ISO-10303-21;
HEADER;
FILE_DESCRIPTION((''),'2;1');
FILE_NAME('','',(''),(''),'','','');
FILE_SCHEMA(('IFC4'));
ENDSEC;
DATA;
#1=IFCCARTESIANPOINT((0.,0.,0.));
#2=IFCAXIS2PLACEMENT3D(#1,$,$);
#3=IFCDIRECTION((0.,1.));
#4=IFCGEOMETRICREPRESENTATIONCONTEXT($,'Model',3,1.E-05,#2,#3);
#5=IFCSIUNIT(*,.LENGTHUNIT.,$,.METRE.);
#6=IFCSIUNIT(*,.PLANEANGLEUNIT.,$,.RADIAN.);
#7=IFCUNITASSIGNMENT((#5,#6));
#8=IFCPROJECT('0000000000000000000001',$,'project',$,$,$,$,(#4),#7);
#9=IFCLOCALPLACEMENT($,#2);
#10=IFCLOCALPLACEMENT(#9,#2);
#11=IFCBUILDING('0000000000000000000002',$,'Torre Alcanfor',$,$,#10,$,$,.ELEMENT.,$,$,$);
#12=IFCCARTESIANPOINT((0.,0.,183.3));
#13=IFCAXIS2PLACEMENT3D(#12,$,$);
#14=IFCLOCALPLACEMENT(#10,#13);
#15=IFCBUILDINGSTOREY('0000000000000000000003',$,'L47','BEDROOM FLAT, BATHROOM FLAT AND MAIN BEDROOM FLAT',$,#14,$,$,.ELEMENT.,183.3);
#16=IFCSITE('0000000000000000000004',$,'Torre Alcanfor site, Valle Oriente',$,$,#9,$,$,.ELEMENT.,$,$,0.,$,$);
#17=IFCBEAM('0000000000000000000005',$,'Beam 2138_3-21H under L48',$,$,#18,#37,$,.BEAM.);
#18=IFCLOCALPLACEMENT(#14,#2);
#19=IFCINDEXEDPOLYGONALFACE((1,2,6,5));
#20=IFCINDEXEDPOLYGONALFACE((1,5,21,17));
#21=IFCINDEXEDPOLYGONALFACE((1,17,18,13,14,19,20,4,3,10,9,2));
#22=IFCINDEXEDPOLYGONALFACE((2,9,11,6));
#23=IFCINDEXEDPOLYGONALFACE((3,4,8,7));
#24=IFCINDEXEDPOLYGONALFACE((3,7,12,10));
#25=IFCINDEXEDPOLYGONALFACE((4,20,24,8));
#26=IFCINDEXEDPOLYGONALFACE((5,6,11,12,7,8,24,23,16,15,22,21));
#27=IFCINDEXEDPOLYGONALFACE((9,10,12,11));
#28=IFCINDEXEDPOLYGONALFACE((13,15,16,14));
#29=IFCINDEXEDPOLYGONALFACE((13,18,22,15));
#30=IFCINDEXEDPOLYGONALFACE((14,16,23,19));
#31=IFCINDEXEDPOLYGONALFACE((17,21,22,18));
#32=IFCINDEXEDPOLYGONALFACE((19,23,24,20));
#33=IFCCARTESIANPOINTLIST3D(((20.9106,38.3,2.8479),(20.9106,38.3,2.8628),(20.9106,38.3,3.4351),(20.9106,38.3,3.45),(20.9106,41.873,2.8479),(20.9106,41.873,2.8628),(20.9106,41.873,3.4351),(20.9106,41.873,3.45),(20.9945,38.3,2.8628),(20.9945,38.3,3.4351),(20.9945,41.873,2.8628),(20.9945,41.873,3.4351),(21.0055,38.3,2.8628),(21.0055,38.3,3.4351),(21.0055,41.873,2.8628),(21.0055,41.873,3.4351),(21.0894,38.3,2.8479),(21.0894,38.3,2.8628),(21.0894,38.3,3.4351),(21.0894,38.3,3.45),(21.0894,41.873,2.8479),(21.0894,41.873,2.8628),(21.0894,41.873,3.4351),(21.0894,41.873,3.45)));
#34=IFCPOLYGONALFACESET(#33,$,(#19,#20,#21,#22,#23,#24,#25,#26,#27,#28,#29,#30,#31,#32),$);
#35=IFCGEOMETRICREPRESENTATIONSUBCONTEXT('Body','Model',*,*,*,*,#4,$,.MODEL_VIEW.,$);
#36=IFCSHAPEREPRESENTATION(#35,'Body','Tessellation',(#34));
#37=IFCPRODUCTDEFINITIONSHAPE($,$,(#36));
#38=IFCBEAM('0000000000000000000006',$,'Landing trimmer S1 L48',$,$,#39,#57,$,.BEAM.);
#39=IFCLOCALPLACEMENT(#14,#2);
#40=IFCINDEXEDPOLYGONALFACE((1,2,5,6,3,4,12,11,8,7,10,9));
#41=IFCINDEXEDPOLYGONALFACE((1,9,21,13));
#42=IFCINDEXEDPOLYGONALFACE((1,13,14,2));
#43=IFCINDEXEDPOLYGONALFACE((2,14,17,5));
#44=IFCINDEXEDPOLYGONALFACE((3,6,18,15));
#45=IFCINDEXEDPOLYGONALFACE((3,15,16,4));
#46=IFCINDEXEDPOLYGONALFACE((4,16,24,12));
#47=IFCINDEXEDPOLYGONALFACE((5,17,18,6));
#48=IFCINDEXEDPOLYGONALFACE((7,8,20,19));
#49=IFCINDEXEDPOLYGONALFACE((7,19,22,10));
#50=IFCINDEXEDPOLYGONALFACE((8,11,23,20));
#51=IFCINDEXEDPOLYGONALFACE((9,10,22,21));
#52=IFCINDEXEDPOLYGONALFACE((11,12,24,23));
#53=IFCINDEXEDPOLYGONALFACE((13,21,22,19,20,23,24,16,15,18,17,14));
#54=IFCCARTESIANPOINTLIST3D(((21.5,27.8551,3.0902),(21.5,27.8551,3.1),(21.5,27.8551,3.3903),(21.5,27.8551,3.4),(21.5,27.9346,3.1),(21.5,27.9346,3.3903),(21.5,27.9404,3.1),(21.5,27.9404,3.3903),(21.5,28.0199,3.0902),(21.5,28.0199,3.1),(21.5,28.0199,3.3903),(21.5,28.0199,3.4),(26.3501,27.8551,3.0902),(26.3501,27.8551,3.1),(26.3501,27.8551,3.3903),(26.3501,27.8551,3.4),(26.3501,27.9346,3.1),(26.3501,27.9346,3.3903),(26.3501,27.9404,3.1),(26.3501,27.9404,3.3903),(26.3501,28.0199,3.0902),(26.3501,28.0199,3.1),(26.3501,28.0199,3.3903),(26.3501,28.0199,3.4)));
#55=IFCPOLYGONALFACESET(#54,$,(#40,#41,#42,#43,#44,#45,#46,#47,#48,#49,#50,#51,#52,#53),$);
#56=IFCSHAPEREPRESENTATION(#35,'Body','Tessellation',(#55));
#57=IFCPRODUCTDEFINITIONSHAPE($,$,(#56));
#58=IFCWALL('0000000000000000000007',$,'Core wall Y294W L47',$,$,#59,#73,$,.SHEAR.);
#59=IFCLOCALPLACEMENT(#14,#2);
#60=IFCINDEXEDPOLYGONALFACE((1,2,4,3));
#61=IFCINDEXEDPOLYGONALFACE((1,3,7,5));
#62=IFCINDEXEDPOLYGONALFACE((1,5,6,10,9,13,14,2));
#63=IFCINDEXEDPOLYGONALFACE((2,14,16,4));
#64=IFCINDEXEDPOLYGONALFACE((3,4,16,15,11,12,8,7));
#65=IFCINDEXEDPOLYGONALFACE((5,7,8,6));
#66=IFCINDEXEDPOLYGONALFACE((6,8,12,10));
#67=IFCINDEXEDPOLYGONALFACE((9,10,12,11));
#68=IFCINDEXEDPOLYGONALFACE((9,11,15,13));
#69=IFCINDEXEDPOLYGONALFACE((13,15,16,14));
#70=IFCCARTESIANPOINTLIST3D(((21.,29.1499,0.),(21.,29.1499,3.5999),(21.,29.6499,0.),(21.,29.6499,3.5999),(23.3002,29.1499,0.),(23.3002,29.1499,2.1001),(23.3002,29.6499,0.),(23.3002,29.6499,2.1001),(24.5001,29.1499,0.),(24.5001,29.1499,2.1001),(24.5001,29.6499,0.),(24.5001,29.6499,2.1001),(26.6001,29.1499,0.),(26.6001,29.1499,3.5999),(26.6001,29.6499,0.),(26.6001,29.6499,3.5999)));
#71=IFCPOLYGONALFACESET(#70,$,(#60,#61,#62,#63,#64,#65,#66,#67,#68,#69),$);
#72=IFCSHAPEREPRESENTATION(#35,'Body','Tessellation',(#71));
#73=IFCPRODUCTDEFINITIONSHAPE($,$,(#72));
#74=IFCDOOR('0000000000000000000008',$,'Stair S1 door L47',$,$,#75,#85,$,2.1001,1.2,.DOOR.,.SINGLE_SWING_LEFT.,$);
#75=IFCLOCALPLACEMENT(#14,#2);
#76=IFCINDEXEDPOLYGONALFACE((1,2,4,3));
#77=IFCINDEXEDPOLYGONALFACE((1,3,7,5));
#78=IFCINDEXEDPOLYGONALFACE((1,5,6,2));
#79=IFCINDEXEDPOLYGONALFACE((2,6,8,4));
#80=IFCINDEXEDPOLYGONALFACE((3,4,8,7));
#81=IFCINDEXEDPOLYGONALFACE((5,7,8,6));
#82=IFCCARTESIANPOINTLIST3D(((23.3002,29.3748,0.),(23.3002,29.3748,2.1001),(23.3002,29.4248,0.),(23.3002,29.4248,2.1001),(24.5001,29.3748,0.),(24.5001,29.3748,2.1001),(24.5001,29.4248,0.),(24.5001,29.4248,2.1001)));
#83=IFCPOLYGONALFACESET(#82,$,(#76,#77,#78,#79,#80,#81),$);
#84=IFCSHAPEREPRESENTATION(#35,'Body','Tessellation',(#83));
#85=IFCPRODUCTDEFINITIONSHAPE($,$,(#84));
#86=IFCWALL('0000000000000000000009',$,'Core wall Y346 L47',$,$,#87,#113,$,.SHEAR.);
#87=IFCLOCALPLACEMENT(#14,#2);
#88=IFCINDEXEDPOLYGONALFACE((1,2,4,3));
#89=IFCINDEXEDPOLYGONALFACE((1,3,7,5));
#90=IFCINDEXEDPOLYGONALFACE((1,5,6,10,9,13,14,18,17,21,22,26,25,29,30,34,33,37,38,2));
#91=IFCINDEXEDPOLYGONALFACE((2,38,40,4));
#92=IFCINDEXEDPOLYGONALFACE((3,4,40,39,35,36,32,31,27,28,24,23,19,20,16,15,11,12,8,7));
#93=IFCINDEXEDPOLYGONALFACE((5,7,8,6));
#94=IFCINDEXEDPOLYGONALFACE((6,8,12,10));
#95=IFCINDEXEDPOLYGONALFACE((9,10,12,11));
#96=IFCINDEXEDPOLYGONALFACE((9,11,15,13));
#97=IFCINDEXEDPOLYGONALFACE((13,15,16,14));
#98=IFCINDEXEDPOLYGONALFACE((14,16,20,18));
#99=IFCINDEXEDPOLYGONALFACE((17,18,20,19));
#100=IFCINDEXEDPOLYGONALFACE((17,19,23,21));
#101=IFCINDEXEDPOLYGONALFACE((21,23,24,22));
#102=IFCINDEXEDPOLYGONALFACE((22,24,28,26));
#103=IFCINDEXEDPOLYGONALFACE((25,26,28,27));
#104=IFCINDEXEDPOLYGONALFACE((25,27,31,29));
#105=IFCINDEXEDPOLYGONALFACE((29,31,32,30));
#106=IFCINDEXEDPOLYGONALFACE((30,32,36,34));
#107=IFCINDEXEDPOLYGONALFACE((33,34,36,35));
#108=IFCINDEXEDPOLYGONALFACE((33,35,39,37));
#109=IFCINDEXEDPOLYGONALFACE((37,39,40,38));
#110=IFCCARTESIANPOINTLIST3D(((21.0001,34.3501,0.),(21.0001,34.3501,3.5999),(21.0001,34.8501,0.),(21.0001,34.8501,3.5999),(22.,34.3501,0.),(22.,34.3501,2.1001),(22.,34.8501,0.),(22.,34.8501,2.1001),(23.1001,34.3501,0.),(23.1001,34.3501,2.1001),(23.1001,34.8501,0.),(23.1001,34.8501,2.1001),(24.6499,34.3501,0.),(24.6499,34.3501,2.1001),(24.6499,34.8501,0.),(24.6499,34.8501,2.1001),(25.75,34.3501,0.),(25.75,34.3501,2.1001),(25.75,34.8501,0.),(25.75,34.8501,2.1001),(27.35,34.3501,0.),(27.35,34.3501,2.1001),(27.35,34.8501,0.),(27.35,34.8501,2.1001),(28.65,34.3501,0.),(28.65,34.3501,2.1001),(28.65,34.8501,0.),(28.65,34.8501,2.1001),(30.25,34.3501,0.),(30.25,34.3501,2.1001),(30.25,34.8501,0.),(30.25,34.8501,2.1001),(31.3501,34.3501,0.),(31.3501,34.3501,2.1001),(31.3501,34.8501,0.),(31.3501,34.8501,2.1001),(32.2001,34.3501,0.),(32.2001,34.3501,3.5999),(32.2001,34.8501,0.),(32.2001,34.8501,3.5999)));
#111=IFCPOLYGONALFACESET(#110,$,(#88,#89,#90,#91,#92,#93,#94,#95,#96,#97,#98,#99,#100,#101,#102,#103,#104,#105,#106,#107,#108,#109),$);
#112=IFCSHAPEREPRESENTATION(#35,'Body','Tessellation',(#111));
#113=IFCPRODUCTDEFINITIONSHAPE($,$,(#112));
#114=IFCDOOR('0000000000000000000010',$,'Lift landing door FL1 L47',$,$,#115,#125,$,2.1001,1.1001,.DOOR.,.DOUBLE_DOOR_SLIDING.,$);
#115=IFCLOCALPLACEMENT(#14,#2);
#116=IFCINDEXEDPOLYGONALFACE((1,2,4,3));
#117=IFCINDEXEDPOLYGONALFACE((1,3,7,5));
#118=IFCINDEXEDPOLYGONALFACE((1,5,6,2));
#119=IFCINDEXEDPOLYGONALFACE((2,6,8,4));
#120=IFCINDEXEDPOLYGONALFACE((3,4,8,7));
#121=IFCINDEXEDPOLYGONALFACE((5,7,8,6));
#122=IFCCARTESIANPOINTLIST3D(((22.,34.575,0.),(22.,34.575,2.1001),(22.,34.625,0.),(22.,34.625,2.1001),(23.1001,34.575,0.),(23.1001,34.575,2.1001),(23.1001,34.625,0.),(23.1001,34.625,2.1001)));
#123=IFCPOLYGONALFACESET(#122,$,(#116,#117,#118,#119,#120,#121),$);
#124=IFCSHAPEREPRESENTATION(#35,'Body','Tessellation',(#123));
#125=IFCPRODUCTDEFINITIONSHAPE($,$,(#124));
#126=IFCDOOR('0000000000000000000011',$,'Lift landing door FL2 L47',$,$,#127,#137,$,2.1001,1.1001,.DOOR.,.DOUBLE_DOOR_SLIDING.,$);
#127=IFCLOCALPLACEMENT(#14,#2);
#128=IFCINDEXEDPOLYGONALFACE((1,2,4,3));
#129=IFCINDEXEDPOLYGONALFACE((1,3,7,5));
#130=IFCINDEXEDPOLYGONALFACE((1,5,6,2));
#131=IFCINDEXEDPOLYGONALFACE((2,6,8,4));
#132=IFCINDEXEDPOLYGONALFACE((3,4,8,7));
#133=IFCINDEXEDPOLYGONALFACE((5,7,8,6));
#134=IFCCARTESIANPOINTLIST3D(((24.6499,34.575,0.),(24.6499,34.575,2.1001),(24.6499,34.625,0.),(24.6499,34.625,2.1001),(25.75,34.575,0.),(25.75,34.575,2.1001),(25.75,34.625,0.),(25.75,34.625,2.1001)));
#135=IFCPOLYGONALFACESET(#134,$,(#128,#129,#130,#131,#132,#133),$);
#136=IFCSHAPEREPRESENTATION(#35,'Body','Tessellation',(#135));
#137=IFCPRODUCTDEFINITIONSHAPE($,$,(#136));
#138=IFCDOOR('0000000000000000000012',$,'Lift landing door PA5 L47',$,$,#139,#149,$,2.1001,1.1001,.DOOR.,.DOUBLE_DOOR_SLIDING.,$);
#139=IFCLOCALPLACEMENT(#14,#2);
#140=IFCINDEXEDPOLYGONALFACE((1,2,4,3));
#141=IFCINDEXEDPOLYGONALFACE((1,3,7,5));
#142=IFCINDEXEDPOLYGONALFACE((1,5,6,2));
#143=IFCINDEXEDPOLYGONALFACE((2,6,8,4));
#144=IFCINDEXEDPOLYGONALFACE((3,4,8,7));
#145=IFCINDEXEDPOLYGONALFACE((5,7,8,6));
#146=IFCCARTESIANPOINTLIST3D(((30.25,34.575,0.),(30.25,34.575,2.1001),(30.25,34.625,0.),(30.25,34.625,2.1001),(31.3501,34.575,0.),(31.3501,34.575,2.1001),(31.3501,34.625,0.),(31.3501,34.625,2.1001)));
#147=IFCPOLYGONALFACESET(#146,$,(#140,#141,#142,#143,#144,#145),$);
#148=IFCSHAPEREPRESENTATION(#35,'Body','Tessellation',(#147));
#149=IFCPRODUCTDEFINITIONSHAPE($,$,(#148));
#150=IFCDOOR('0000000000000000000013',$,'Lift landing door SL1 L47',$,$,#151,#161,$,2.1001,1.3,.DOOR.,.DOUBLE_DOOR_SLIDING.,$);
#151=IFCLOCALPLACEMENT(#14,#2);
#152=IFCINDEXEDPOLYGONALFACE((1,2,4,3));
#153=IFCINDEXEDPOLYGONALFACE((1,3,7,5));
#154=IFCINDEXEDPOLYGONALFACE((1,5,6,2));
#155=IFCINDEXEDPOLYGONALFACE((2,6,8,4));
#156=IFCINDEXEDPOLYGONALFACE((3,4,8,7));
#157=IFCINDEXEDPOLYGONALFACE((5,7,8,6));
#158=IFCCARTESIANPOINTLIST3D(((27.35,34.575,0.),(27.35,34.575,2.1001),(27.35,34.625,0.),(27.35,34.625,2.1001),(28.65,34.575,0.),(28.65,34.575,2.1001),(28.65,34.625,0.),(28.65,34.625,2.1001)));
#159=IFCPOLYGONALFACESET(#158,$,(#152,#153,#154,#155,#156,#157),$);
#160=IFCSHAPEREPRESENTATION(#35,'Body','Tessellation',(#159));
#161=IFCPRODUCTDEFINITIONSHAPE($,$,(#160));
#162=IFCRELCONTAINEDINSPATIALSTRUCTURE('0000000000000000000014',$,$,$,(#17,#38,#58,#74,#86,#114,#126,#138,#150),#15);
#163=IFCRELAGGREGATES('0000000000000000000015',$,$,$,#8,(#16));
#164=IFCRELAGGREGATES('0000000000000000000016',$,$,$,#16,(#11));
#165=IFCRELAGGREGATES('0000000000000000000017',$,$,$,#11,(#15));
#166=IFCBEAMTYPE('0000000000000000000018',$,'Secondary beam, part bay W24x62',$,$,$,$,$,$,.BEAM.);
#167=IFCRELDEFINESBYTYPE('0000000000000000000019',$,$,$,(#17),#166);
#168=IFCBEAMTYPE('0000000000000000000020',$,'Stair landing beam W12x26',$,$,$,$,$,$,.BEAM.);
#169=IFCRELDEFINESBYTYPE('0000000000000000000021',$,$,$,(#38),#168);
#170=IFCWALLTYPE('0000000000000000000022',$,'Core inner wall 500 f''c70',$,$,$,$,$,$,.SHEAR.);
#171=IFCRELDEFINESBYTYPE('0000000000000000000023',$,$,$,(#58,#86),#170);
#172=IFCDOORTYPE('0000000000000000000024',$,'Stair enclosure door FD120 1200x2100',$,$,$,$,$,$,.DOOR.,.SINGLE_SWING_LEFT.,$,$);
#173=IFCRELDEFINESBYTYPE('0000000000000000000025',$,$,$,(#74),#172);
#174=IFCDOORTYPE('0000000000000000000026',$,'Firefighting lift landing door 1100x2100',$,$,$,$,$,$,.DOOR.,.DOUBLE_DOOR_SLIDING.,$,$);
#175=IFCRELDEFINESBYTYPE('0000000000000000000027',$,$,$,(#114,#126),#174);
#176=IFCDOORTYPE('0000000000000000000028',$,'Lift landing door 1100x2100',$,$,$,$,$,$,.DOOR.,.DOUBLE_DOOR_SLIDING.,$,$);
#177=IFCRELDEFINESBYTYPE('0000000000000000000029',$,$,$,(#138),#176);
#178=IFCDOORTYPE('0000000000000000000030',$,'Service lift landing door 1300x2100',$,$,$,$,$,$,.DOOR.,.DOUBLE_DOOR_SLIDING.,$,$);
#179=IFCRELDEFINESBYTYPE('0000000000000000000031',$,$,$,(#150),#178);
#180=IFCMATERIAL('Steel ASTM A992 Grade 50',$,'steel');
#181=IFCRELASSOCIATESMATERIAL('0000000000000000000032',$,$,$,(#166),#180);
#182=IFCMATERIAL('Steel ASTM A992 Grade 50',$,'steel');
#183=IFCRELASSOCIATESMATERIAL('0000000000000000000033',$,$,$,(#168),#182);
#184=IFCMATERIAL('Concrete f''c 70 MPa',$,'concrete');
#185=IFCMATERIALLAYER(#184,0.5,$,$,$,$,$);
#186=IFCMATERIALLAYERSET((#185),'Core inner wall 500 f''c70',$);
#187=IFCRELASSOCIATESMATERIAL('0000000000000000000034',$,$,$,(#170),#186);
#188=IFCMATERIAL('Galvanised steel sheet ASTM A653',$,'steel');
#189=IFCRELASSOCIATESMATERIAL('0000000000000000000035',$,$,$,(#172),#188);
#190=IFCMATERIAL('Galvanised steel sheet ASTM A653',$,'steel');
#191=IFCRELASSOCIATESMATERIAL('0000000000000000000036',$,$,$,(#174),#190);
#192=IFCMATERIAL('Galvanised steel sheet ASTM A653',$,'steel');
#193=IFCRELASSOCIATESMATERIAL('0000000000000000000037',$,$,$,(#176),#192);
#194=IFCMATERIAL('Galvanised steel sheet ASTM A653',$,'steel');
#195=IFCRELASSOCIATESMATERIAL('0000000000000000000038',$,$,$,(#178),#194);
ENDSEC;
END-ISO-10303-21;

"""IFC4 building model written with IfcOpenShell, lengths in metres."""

from ifc_helpers import new_model, si_unit, direction, frame, frame_2d, origin, origin_2d, place, context, subcontext, project, spatial, rectangle, i_section, extrude, material, layer, layer_set, material_profile, profile_set, type_object, element, fill, save


model = new_model("IFC4")

# Units and contexts
model_context = context("Model", 3, precision=1e-05, world=origin(), true_north=direction((0.0, 1.0)))
body_context = subcontext(model_context, "Body", "Model", "MODEL_VIEW")
ifc_project = project(units=[si_unit("LENGTHUNIT", "METRE"), si_unit("PLANEANGLEUNIT", "RADIAN")], contexts=[model_context])

# Site, building, storey
site_placement = place(None, origin())
site = spatial("IfcSite", under=ifc_project, at=site_placement, Name="Torre Alcanfor site, Valle Oriente", CompositionType="ELEMENT", RefElevation=0.0)
building_placement = place(site_placement, origin())
building = spatial("IfcBuilding", under=site, at=building_placement, Name="Torre Alcanfor", CompositionType="ELEMENT")
storey_placement = place(building_placement, frame((0.0, 0.0, 183.3)))
storey = spatial("IfcBuildingStorey", under=building, at=storey_placement, Name="L47", Description="BEDROOM FLAT, BATHROOM FLAT AND MAIN BEDROOM FLAT", CompositionType="ELEMENT", Elevation=183.3)

# Beams
ifc_material_1 = material(Name="Steel ASTM A992 Grade 50", Category="steel")
ifc_material_profile_1 = material_profile(ifc_material_1, i_section(OverallWidth=0.1787, OverallDepth=0.6021, WebThickness=0.011, FlangeThickness=0.0149, at=origin_2d()), Name="W24x62")
ifc_profile_set_1 = profile_set([ifc_material_profile_1], Name="Steel ASTM A992 Grade 50")
beam_type_1 = type_object("IfcBeamType", Name="Secondary beam, part bay W24x62", PredefinedType="BEAM", material=ifc_profile_set_1)
beam_1_placement = place(storey_placement, frame((21.0, 38.3, 3.1489), z_axis=(0.0, 1.0, 0.0), x_axis=(-1.0, 0.0, 0.0)))
element("IfcBeam", 1, at=beam_1_placement, inside=storey, type_object=beam_type_1, Name="Beam 2138_3-21H under L48", PredefinedType="BEAM", context=body_context, shape_type="SweptSolid", body=[
    extrude(i_section(OverallWidth=0.1787, OverallDepth=0.6021, WebThickness=0.011, FlangeThickness=0.0149, at=origin_2d()), origin(), (0.0, 0.0, 1.0), 3.573),
])
ifc_material_2 = material(Name="Steel ASTM A992 Grade 50", Category="steel")
ifc_material_profile_2 = material_profile(ifc_material_2, i_section(OverallWidth=0.1648, OverallDepth=0.3098, WebThickness=0.0059, FlangeThickness=0.0098, at=origin_2d()), Name="W12x26")
ifc_profile_set_2 = profile_set([ifc_material_profile_2], Name="Steel ASTM A992 Grade 50")
beam_type_2 = type_object("IfcBeamType", Name="Stair landing beam W12x26", PredefinedType="BEAM", material=ifc_profile_set_2)
beam_2_placement = place(storey_placement, frame((21.5, 27.9375, 3.2451), z_axis=(1.0, 0.0, 0.0), x_axis=(0.0, 1.0, 0.0)))
element("IfcBeam", 2, at=beam_2_placement, inside=storey, type_object=beam_type_2, Name="Landing trimmer S1 L48", PredefinedType="BEAM", context=body_context, shape_type="SweptSolid", body=[
    extrude(i_section(OverallWidth=0.1648, OverallDepth=0.3098, WebThickness=0.0059, FlangeThickness=0.0098, at=origin_2d()), origin(), (0.0, 0.0, 1.0), 4.8501),
])

# Wall, opening, door
ifc_material_3 = material(Name="Concrete f'c 70 MPa", Category="concrete")
ifc_layer_1 = layer(ifc_material_3, 0.5)
ifc_layer_set_1 = layer_set([ifc_layer_1], Name="Core inner wall 500 f'c70")
wall_type_1 = type_object("IfcWallType", Name="Core inner wall 500 f'c70", PredefinedType="SHEAR", material=ifc_layer_set_1)
wall_1_placement = place(storey_placement, frame((21.0, 29.3999, 0.0), z_axis=(0.0, 0.0, 1.0), x_axis=(1.0, 0.0, 0.0)))
wall_1 = element("IfcWall", 3, at=wall_1_placement, inside=storey, type_object=wall_type_1, Name="Core wall Y294W L47", PredefinedType="SHEAR", context=body_context, shape_type="SweptSolid", body=[
    extrude(rectangle(XDim=5.6001, YDim=0.5, at=frame_2d((2.8, 0.0))), origin(), (0.0, 0.0, 1.0), 3.5999),
])
opening_1_placement = place(wall_1_placement, frame((2.3, 0.0, 0.0)))
opening_1 = element("IfcOpeningElement", 4, at=opening_1_placement, cuts=wall_1, PredefinedType="OPENING", context=body_context, shape_type="SweptSolid", body=[
    extrude(rectangle(XDim=1.2, YDim=2.1001, at=frame_2d((0.6001, 1.05))), frame((0.0, 0.26, 0.0), z_axis=(0.0, -1.0, 0.0), x_axis=(1.0, 0.0, 0.0)), (0.0, 0.0, 1.0), 0.52),
])
ifc_material_4 = material(Name="Galvanised steel sheet ASTM A653", Category="steel")
door_type_1 = type_object("IfcDoorType", Name="Stair enclosure door FD120 1200x2100", OperationType="SINGLE_SWING_LEFT", PredefinedType="DOOR", material=ifc_material_4)
door_1_placement = place(opening_1_placement, frame((1.2, 0.0, 0.0), z_axis=(0.0, 0.0, 1.0), x_axis=(-1.0, 0.0, 0.0)))
door_1 = element("IfcDoor", 5, at=door_1_placement, inside=storey, type_object=door_type_1, Name="Stair S1 door L47", OperationType="SINGLE_SWING_LEFT", OverallHeight=2.1001, OverallWidth=1.2, PredefinedType="DOOR", context=body_context, shape_type="SweptSolid", body=[
    extrude(rectangle(XDim=1.2, YDim=2.1001, at=frame_2d((0.5999, 1.05))), frame((0.0, 0.0251, 0.0), z_axis=(0.0, -1.0, 0.0), x_axis=(1.0, 0.0, 0.0)), (0.0, 0.0, 1.0), 0.05),
])
fill(opening_1, door_1)

# Wall, openings, doors
wall_2_placement = place(storey_placement, frame((21.0, 34.6001, 0.0), z_axis=(0.0, 0.0, 1.0), x_axis=(1.0, 0.0, 0.0)))
wall_2 = element("IfcWall", 6, at=wall_2_placement, inside=storey, type_object=wall_type_1, Name="Core wall Y346 L47", PredefinedType="SHEAR", context=body_context, shape_type="SweptSolid", body=[
    extrude(rectangle(XDim=11.2, YDim=0.5, at=frame_2d((5.6001, 0.0))), origin(), (0.0, 0.0, 1.0), 3.5999),
])
opening_2_placement = place(wall_2_placement, frame((9.25, 0.0, 0.0)))
opening_2 = element("IfcOpeningElement", 7, at=opening_2_placement, cuts=wall_2, PredefinedType="OPENING", context=body_context, shape_type="SweptSolid", body=[
    extrude(rectangle(XDim=1.1001, YDim=2.1001, at=frame_2d((0.55, 1.05))), frame((0.0, 0.26, 0.0), z_axis=(0.0, -1.0, 0.0), x_axis=(1.0, 0.0, 0.0)), (0.0, 0.0, 1.0), 0.52),
])
opening_3_placement = place(wall_2_placement, frame((1.0, 0.0, 0.0)))
opening_3 = element("IfcOpeningElement", 8, at=opening_3_placement, cuts=wall_2, PredefinedType="OPENING", context=body_context, shape_type="SweptSolid", body=[
    extrude(rectangle(XDim=1.1001, YDim=2.1001, at=frame_2d((0.55, 1.05))), frame((0.0, 0.26, 0.0), z_axis=(0.0, -1.0, 0.0), x_axis=(1.0, 0.0, 0.0)), (0.0, 0.0, 1.0), 0.52),
])
opening_4_placement = place(wall_2_placement, frame((3.6499, 0.0, 0.0)))
opening_4 = element("IfcOpeningElement", 9, at=opening_4_placement, cuts=wall_2, PredefinedType="OPENING", context=body_context, shape_type="SweptSolid", body=[
    extrude(rectangle(XDim=1.1001, YDim=2.1001, at=frame_2d((0.55, 1.05))), frame((0.0, 0.26, 0.0), z_axis=(0.0, -1.0, 0.0), x_axis=(1.0, 0.0, 0.0)), (0.0, 0.0, 1.0), 0.52),
])
opening_5_placement = place(wall_2_placement, frame((6.3501, 0.0, 0.0)))
opening_5 = element("IfcOpeningElement", 10, at=opening_5_placement, cuts=wall_2, PredefinedType="OPENING", context=body_context, shape_type="SweptSolid", body=[
    extrude(rectangle(XDim=1.3, YDim=2.1001, at=frame_2d((0.6499, 1.05))), frame((0.0, 0.26, 0.0), z_axis=(0.0, -1.0, 0.0), x_axis=(1.0, 0.0, 0.0)), (0.0, 0.0, 1.0), 0.52),
])
ifc_material_5 = material(Name="Galvanised steel sheet ASTM A653", Category="steel")
door_type_2 = type_object("IfcDoorType", Name="Firefighting lift landing door 1100x2100", OperationType="DOUBLE_DOOR_SLIDING", PredefinedType="DOOR", material=ifc_material_5)
door_2_placement = place(opening_3_placement, origin())
door_2 = element("IfcDoor", 11, at=door_2_placement, inside=storey, type_object=door_type_2, Name="Lift landing door FL1 L47", OperationType="DOUBLE_DOOR_SLIDING", OverallHeight=2.1001, OverallWidth=1.1001, PredefinedType="DOOR", context=body_context, shape_type="SweptSolid", body=[
    extrude(rectangle(XDim=1.1001, YDim=2.1001, at=frame_2d((0.55, 1.05))), frame((0.0, 0.0249, 0.0), z_axis=(0.0, -1.0, 0.0), x_axis=(1.0, 0.0, 0.0)), (0.0, 0.0, 1.0), 0.05),
])
fill(opening_3, door_2)
door_3_placement = place(opening_4_placement, origin())
door_3 = element("IfcDoor", 12, at=door_3_placement, inside=storey, type_object=door_type_2, Name="Lift landing door FL2 L47", OperationType="DOUBLE_DOOR_SLIDING", OverallHeight=2.1001, OverallWidth=1.1001, PredefinedType="DOOR", context=body_context, shape_type="SweptSolid", body=[
    extrude(rectangle(XDim=1.1001, YDim=2.1001, at=frame_2d((0.55, 1.05))), frame((0.0, 0.0249, 0.0), z_axis=(0.0, -1.0, 0.0), x_axis=(1.0, 0.0, 0.0)), (0.0, 0.0, 1.0), 0.05),
])
fill(opening_4, door_3)
ifc_material_6 = material(Name="Galvanised steel sheet ASTM A653", Category="steel")
door_type_3 = type_object("IfcDoorType", Name="Lift landing door 1100x2100", OperationType="DOUBLE_DOOR_SLIDING", PredefinedType="DOOR", material=ifc_material_6)
door_4_placement = place(opening_2_placement, origin())
door_4 = element("IfcDoor", 13, at=door_4_placement, inside=storey, type_object=door_type_3, Name="Lift landing door PA5 L47", OperationType="DOUBLE_DOOR_SLIDING", OverallHeight=2.1001, OverallWidth=1.1001, PredefinedType="DOOR", context=body_context, shape_type="SweptSolid", body=[
    extrude(rectangle(XDim=1.1001, YDim=2.1001, at=frame_2d((0.55, 1.05))), frame((0.0, 0.0249, 0.0), z_axis=(0.0, -1.0, 0.0), x_axis=(1.0, 0.0, 0.0)), (0.0, 0.0, 1.0), 0.05),
])
fill(opening_2, door_4)
ifc_material_7 = material(Name="Galvanised steel sheet ASTM A653", Category="steel")
door_type_4 = type_object("IfcDoorType", Name="Service lift landing door 1300x2100", OperationType="DOUBLE_DOOR_SLIDING", PredefinedType="DOOR", material=ifc_material_7)
door_5_placement = place(opening_5_placement, origin())
door_5 = element("IfcDoor", 14, at=door_5_placement, inside=storey, type_object=door_type_4, Name="Lift landing door SL1 L47", OperationType="DOUBLE_DOOR_SLIDING", OverallHeight=2.1001, OverallWidth=1.3, PredefinedType="DOOR", context=body_context, shape_type="SweptSolid", body=[
    extrude(rectangle(XDim=1.3, YDim=2.1001, at=frame_2d((0.6499, 1.05))), frame((0.0, 0.0249, 0.0), z_axis=(0.0, -1.0, 0.0), x_axis=(1.0, 0.0, 0.0)), (0.0, 0.0, 1.0), 0.05),
])
fill(opening_5, door_5)

save(model, "model.ifc")
